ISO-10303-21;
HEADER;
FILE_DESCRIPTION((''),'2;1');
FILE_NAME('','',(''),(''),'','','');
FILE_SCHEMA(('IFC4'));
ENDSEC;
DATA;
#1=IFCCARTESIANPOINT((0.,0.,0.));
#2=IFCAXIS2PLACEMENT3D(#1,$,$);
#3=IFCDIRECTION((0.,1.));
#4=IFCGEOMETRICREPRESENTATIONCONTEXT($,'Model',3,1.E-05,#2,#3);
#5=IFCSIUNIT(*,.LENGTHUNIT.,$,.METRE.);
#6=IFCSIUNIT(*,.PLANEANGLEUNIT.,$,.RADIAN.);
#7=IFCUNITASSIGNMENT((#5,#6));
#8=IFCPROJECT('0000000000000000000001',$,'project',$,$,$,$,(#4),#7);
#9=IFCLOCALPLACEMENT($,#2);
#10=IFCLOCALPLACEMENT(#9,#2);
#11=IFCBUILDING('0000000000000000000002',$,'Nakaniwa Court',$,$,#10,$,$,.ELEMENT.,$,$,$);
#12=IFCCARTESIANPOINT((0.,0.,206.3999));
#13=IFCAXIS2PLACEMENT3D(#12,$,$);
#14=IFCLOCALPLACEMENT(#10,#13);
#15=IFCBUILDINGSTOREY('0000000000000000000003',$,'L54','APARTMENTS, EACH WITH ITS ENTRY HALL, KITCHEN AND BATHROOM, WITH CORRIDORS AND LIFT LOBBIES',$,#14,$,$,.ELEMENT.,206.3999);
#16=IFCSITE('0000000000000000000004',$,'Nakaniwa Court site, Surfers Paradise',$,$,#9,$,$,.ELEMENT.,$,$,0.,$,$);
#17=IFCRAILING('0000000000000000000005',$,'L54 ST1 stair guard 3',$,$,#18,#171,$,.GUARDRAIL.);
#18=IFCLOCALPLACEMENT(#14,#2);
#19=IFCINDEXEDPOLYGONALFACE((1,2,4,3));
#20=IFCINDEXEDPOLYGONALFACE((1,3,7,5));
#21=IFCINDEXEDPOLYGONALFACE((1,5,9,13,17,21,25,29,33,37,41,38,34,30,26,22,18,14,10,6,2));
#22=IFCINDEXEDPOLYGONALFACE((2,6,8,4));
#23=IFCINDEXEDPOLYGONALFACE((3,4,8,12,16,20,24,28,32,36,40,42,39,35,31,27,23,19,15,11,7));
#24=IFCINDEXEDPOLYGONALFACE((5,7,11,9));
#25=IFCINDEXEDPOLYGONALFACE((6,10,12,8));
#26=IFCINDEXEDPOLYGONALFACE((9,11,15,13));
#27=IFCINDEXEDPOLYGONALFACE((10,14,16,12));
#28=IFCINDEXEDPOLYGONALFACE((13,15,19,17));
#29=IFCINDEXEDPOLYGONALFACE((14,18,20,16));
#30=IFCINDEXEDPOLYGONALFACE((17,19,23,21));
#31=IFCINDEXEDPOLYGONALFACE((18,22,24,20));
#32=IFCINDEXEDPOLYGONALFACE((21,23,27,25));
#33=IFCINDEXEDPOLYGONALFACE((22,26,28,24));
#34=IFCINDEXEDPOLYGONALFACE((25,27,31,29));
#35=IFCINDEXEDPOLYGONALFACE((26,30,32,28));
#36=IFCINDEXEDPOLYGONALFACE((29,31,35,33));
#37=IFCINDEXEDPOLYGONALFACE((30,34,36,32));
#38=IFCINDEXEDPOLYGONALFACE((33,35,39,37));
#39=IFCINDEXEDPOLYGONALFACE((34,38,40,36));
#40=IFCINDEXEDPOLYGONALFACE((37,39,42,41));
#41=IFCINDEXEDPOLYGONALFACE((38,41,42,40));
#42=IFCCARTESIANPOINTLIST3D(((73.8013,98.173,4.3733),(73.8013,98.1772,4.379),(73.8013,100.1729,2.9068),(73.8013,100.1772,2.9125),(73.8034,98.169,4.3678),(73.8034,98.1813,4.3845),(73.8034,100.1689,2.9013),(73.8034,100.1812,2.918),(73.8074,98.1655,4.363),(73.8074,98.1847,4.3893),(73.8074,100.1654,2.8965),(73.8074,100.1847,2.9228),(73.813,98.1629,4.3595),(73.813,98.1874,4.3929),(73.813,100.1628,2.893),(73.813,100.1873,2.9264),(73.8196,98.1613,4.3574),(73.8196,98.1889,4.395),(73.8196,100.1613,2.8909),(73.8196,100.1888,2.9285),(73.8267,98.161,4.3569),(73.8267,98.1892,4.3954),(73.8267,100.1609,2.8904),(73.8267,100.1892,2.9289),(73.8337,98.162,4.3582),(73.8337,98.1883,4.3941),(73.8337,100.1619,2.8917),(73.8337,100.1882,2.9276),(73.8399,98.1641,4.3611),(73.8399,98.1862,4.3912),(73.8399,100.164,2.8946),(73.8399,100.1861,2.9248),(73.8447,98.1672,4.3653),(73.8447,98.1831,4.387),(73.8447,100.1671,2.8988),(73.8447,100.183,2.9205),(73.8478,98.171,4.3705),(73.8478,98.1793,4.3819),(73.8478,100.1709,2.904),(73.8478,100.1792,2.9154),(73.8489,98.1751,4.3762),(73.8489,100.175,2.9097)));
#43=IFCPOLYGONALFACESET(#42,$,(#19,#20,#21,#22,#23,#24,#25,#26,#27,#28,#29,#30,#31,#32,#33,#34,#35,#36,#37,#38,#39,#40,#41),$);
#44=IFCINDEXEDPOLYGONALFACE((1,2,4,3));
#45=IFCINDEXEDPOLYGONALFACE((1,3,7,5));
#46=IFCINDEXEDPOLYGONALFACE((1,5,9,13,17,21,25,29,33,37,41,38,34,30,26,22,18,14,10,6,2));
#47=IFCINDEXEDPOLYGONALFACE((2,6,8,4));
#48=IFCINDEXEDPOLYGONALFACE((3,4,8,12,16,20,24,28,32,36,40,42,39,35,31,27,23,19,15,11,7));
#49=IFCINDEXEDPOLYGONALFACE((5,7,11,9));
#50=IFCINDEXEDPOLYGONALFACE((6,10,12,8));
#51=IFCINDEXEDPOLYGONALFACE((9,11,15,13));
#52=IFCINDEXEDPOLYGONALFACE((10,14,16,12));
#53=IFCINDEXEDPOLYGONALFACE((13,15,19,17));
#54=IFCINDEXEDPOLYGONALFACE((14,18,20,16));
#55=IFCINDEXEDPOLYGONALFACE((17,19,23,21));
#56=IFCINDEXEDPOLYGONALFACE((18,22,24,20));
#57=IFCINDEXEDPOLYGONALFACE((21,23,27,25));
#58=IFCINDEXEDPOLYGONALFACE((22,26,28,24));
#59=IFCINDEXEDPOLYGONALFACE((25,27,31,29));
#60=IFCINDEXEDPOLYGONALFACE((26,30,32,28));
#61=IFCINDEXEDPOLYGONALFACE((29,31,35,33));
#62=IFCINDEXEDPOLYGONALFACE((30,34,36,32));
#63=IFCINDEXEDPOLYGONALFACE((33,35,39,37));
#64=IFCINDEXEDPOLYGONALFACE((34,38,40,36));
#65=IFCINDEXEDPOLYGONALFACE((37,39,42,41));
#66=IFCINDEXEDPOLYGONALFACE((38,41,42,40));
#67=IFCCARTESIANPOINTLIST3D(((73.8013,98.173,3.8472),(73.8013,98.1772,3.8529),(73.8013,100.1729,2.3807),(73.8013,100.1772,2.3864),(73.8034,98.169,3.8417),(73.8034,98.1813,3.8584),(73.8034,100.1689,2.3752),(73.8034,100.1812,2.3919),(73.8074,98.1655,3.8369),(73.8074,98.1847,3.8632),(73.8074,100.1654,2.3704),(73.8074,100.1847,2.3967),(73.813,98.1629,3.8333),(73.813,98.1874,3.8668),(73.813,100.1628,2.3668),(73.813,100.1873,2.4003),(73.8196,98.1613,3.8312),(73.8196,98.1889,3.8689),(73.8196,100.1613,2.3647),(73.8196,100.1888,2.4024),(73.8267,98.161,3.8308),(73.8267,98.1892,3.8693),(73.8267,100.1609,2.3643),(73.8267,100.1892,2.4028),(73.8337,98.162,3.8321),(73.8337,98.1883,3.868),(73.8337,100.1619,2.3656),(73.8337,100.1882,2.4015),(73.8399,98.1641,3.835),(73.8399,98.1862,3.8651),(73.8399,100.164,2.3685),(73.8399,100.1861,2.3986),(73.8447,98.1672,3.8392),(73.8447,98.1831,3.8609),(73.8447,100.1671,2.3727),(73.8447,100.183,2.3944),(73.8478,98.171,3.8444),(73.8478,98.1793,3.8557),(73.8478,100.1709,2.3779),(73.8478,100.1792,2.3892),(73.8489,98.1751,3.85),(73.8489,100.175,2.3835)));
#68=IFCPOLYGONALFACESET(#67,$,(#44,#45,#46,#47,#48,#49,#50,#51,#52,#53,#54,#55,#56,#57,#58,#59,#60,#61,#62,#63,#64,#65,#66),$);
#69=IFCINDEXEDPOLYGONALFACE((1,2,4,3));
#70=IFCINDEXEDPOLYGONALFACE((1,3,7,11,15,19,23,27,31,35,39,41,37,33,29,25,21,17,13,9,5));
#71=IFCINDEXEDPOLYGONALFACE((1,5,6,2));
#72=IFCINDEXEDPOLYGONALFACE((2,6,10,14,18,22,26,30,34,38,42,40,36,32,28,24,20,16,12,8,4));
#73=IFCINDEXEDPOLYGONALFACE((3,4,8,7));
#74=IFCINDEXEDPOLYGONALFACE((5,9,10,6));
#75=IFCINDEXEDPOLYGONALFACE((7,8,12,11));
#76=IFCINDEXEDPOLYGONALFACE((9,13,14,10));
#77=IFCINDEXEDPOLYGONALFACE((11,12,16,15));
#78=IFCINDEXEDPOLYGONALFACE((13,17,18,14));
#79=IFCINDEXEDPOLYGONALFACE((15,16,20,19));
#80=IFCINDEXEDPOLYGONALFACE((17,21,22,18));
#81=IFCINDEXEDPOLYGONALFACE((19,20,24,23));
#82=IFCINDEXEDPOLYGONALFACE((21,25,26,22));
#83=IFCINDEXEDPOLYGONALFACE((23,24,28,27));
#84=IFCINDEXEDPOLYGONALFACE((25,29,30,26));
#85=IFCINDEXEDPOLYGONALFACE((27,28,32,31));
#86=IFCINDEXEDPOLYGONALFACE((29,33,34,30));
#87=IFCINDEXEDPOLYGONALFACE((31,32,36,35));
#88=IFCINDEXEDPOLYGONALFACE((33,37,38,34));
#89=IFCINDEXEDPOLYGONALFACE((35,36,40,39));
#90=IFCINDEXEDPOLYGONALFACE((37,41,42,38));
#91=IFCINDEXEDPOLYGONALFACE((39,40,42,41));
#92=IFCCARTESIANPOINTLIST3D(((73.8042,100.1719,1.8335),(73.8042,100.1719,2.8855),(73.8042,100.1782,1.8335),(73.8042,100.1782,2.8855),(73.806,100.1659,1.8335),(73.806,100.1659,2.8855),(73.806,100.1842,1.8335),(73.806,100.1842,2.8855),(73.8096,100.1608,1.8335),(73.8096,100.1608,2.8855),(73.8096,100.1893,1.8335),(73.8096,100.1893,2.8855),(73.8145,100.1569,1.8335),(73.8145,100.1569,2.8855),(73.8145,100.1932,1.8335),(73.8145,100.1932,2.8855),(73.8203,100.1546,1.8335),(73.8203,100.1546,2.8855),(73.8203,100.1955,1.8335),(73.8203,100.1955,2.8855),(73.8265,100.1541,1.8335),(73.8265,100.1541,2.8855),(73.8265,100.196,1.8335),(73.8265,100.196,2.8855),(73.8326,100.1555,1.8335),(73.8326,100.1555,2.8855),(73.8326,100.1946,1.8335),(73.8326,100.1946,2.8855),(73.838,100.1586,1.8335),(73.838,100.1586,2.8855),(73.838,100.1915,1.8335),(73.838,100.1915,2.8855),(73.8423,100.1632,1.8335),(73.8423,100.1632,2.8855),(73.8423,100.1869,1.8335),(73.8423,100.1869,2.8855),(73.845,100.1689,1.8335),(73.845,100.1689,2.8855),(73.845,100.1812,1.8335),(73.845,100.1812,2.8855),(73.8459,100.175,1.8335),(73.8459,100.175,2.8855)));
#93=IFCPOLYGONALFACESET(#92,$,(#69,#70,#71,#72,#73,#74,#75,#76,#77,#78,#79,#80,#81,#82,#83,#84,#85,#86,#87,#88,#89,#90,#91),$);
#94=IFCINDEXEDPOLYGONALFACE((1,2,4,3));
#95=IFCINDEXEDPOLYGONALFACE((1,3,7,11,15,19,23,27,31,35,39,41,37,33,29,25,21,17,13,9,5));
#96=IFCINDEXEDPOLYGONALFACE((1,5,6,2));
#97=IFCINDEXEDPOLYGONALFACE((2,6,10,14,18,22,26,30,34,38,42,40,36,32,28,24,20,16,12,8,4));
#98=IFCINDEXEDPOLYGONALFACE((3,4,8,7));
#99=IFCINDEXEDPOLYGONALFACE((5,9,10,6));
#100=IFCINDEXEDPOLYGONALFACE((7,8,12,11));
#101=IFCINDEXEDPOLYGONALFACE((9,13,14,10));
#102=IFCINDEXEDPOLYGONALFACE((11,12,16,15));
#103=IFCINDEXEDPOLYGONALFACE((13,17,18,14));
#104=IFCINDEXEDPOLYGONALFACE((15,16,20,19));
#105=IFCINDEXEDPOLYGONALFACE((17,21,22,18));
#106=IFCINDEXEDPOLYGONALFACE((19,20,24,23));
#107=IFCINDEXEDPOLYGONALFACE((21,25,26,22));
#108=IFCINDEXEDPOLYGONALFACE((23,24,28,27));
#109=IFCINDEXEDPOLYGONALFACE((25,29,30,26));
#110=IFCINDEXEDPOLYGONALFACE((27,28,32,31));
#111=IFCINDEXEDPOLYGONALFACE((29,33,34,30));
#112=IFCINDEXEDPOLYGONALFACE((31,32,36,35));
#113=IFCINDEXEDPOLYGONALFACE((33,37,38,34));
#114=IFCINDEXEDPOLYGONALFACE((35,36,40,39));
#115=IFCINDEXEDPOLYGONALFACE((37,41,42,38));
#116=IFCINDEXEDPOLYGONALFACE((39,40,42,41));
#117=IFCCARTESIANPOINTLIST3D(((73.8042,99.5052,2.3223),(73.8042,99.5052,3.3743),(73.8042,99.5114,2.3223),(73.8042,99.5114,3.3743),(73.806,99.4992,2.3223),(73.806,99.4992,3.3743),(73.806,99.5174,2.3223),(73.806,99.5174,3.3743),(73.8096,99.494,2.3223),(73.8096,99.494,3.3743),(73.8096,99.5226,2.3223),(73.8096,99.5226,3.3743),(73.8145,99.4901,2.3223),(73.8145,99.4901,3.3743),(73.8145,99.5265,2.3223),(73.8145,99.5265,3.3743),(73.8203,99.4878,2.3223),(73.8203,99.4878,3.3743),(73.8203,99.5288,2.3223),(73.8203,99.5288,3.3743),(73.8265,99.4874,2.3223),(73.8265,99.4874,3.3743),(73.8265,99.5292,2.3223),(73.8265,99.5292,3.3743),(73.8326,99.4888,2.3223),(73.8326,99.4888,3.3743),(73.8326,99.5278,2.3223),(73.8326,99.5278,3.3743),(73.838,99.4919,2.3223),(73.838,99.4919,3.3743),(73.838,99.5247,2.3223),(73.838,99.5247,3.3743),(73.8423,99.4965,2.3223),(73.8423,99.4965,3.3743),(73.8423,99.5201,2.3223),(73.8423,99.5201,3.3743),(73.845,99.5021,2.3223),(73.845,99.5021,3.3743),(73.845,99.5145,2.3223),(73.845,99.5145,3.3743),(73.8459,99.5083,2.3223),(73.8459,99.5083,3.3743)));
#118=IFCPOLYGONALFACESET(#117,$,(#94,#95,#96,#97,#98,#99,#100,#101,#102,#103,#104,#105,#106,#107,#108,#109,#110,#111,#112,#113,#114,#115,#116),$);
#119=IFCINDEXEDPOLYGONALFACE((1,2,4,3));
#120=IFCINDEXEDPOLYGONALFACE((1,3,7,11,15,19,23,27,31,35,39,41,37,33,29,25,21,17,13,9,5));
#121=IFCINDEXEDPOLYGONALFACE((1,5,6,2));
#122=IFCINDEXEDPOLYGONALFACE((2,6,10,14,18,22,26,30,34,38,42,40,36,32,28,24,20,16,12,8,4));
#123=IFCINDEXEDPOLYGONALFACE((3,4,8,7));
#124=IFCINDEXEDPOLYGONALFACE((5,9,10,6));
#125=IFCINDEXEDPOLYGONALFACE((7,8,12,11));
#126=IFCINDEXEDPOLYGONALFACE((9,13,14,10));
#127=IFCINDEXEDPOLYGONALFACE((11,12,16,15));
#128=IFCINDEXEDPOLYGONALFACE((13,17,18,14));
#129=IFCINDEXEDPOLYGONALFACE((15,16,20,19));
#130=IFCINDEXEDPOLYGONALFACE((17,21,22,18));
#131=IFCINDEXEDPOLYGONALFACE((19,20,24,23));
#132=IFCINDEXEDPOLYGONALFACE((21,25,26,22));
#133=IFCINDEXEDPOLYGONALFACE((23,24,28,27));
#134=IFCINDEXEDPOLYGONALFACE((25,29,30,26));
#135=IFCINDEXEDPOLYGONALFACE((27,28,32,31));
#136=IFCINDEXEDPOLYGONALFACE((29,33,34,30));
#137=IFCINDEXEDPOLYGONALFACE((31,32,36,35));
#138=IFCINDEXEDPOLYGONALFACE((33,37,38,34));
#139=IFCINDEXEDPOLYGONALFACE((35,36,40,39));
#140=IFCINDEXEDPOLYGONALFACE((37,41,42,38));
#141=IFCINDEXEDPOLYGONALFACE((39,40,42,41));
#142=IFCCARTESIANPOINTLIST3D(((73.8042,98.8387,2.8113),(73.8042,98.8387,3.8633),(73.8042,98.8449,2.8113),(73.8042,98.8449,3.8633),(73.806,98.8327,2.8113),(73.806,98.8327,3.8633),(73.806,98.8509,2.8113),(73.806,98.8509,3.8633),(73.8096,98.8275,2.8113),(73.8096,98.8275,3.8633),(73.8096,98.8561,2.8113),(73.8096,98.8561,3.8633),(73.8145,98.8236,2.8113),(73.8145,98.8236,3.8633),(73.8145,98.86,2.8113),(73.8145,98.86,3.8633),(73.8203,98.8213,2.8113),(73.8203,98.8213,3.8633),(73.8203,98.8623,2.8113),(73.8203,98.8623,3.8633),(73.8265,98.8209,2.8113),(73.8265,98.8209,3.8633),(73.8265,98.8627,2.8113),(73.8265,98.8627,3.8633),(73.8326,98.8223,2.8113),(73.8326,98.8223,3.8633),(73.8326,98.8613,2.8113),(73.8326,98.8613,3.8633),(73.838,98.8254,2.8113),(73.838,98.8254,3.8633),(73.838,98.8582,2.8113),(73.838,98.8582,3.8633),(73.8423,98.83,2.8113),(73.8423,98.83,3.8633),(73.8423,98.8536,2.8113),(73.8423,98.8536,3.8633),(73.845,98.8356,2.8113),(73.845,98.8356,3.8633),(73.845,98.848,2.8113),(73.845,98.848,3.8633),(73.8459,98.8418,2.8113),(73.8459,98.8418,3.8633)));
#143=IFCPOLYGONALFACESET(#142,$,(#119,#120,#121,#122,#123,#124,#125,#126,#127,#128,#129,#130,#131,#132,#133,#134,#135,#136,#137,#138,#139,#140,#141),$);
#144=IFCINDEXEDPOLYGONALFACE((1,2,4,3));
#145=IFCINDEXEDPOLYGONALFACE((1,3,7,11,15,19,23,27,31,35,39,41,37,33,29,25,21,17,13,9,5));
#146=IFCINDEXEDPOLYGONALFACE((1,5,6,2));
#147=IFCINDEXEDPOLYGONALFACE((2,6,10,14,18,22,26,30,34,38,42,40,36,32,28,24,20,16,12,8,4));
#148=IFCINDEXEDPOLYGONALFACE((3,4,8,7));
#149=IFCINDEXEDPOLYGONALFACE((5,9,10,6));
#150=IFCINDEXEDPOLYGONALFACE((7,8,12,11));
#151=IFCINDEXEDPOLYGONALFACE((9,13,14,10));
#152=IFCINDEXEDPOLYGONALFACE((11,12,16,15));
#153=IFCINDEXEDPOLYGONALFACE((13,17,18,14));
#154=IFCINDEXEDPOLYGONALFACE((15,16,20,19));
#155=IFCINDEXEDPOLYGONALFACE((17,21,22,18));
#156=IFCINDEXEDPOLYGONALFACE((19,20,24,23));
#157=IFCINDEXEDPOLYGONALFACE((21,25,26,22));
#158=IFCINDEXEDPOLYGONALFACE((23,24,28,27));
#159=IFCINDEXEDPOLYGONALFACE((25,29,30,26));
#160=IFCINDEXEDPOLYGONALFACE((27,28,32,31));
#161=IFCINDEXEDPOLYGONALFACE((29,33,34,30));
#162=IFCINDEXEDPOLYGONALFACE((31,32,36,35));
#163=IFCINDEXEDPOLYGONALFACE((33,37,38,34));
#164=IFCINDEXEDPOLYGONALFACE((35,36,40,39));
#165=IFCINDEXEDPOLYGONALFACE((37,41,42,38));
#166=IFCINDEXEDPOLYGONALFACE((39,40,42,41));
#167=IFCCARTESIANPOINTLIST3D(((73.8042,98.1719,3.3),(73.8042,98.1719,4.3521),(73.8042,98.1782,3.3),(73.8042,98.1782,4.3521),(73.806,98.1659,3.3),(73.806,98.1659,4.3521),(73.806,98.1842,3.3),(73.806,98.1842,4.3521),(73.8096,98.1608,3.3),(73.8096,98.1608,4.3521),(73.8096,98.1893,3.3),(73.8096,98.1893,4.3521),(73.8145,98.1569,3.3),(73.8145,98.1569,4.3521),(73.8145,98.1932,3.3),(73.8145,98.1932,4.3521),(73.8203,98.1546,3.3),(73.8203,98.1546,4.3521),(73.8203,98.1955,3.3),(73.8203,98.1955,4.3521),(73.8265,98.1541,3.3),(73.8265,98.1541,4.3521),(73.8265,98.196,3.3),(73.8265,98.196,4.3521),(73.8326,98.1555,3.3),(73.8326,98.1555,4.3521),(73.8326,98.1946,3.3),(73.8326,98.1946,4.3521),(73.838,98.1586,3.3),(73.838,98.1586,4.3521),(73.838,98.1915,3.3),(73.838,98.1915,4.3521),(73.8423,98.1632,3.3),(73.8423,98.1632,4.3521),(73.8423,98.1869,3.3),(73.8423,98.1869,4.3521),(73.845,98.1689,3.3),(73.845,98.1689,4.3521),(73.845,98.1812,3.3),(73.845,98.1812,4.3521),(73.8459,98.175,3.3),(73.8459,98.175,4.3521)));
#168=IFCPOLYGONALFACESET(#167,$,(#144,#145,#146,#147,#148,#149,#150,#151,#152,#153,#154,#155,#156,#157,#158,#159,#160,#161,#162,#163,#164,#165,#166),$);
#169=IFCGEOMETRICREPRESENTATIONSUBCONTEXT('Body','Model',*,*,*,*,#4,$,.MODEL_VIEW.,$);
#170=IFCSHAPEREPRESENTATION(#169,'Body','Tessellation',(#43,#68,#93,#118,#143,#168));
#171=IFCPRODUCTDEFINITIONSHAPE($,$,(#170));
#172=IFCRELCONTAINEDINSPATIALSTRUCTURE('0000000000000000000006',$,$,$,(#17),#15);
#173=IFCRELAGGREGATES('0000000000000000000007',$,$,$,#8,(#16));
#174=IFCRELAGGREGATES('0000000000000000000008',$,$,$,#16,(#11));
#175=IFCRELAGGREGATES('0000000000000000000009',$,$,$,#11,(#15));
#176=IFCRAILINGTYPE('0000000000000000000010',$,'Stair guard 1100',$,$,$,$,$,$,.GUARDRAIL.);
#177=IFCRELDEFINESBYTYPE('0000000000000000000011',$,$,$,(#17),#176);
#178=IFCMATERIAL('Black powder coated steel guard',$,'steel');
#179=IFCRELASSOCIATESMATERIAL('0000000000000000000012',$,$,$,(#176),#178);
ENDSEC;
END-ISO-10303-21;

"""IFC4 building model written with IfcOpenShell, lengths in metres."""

from ifc_helpers import new_model, si_unit, direction, frame, origin, origin_2d, place, context, subcontext, project, spatial, circle, extrude, material, type_object, element, save


model = new_model("IFC4")

# Units and contexts
model_context = context("Model", 3, precision=1e-05, world=origin(), true_north=direction((0.0, 1.0)))
body_context = subcontext(model_context, "Body", "Model", "MODEL_VIEW")
ifc_project = project(units=[si_unit("LENGTHUNIT", "METRE"), si_unit("PLANEANGLEUNIT", "RADIAN")], contexts=[model_context])

# Site, building, storey
site_placement = place(None, origin())
site = spatial("IfcSite", under=ifc_project, at=site_placement, Name="Nakaniwa Court site, Surfers Paradise", CompositionType="ELEMENT", RefElevation=0.0)
building_placement = place(site_placement, origin())
building = spatial("IfcBuilding", under=site, at=building_placement, Name="Nakaniwa Court", CompositionType="ELEMENT")
storey_placement = place(building_placement, frame((0.0, 0.0, 206.3999)))
storey = spatial("IfcBuildingStorey", under=building, at=storey_placement, Name="L54", Description="APARTMENTS, EACH WITH ITS ENTRY HALL, KITCHEN AND BATHROOM, WITH CORRIDORS AND LIFT LOBBIES", CompositionType="ELEMENT", Elevation=206.3999)

# Railing
ifc_material_1 = material(Name="Black powder coated steel guard", Category="steel")
railing_type_1 = type_object("IfcRailingType", Name="Stair guard 1100", PredefinedType="GUARDRAIL", material=ifc_material_1)
railing_1_placement = place(storey_placement, frame((73.825, 100.175, 1.8335)))
element("IfcRailing", 1, at=railing_1_placement, inside=storey, type_object=railing_type_1, Name="L54 ST1 stair guard 3", PredefinedType="GUARDRAIL", context=body_context, shape_type="SweptSolid", body=[
    extrude(circle(Radius=0.0239, at=origin_2d()), frame((0.0, 0.0, 1.0762), z_axis=(0.0, -0.806427, 0.591334), x_axis=(1.0, 0.0, 0.0)), (0.0, 0.0, 1.0), 2.48),
    extrude(circle(Radius=0.0239, at=origin_2d()), frame((0.0, 0.0, 0.55), z_axis=(0.0, -0.806427, 0.591334), x_axis=(1.0, 0.0, 0.0)), (0.0, 0.0, 1.0), 2.48),
    extrude(circle(Radius=0.021, at=origin_2d()), origin(), (0.0, 0.0, 1.0), 1.052),
    extrude(circle(Radius=0.021, at=origin_2d()), frame((0.0, -0.6667, 0.4888)), (0.0, 0.0, 1.0), 1.052),
    extrude(circle(Radius=0.021, at=origin_2d()), frame((0.0, -1.3333, 0.9778)), (0.0, 0.0, 1.0), 1.052),
    extrude(circle(Radius=0.021, at=origin_2d()), frame((0.0, -2.0, 1.4666)), (0.0, 0.0, 1.0), 1.052),
])

save(model, "model.ifc")
